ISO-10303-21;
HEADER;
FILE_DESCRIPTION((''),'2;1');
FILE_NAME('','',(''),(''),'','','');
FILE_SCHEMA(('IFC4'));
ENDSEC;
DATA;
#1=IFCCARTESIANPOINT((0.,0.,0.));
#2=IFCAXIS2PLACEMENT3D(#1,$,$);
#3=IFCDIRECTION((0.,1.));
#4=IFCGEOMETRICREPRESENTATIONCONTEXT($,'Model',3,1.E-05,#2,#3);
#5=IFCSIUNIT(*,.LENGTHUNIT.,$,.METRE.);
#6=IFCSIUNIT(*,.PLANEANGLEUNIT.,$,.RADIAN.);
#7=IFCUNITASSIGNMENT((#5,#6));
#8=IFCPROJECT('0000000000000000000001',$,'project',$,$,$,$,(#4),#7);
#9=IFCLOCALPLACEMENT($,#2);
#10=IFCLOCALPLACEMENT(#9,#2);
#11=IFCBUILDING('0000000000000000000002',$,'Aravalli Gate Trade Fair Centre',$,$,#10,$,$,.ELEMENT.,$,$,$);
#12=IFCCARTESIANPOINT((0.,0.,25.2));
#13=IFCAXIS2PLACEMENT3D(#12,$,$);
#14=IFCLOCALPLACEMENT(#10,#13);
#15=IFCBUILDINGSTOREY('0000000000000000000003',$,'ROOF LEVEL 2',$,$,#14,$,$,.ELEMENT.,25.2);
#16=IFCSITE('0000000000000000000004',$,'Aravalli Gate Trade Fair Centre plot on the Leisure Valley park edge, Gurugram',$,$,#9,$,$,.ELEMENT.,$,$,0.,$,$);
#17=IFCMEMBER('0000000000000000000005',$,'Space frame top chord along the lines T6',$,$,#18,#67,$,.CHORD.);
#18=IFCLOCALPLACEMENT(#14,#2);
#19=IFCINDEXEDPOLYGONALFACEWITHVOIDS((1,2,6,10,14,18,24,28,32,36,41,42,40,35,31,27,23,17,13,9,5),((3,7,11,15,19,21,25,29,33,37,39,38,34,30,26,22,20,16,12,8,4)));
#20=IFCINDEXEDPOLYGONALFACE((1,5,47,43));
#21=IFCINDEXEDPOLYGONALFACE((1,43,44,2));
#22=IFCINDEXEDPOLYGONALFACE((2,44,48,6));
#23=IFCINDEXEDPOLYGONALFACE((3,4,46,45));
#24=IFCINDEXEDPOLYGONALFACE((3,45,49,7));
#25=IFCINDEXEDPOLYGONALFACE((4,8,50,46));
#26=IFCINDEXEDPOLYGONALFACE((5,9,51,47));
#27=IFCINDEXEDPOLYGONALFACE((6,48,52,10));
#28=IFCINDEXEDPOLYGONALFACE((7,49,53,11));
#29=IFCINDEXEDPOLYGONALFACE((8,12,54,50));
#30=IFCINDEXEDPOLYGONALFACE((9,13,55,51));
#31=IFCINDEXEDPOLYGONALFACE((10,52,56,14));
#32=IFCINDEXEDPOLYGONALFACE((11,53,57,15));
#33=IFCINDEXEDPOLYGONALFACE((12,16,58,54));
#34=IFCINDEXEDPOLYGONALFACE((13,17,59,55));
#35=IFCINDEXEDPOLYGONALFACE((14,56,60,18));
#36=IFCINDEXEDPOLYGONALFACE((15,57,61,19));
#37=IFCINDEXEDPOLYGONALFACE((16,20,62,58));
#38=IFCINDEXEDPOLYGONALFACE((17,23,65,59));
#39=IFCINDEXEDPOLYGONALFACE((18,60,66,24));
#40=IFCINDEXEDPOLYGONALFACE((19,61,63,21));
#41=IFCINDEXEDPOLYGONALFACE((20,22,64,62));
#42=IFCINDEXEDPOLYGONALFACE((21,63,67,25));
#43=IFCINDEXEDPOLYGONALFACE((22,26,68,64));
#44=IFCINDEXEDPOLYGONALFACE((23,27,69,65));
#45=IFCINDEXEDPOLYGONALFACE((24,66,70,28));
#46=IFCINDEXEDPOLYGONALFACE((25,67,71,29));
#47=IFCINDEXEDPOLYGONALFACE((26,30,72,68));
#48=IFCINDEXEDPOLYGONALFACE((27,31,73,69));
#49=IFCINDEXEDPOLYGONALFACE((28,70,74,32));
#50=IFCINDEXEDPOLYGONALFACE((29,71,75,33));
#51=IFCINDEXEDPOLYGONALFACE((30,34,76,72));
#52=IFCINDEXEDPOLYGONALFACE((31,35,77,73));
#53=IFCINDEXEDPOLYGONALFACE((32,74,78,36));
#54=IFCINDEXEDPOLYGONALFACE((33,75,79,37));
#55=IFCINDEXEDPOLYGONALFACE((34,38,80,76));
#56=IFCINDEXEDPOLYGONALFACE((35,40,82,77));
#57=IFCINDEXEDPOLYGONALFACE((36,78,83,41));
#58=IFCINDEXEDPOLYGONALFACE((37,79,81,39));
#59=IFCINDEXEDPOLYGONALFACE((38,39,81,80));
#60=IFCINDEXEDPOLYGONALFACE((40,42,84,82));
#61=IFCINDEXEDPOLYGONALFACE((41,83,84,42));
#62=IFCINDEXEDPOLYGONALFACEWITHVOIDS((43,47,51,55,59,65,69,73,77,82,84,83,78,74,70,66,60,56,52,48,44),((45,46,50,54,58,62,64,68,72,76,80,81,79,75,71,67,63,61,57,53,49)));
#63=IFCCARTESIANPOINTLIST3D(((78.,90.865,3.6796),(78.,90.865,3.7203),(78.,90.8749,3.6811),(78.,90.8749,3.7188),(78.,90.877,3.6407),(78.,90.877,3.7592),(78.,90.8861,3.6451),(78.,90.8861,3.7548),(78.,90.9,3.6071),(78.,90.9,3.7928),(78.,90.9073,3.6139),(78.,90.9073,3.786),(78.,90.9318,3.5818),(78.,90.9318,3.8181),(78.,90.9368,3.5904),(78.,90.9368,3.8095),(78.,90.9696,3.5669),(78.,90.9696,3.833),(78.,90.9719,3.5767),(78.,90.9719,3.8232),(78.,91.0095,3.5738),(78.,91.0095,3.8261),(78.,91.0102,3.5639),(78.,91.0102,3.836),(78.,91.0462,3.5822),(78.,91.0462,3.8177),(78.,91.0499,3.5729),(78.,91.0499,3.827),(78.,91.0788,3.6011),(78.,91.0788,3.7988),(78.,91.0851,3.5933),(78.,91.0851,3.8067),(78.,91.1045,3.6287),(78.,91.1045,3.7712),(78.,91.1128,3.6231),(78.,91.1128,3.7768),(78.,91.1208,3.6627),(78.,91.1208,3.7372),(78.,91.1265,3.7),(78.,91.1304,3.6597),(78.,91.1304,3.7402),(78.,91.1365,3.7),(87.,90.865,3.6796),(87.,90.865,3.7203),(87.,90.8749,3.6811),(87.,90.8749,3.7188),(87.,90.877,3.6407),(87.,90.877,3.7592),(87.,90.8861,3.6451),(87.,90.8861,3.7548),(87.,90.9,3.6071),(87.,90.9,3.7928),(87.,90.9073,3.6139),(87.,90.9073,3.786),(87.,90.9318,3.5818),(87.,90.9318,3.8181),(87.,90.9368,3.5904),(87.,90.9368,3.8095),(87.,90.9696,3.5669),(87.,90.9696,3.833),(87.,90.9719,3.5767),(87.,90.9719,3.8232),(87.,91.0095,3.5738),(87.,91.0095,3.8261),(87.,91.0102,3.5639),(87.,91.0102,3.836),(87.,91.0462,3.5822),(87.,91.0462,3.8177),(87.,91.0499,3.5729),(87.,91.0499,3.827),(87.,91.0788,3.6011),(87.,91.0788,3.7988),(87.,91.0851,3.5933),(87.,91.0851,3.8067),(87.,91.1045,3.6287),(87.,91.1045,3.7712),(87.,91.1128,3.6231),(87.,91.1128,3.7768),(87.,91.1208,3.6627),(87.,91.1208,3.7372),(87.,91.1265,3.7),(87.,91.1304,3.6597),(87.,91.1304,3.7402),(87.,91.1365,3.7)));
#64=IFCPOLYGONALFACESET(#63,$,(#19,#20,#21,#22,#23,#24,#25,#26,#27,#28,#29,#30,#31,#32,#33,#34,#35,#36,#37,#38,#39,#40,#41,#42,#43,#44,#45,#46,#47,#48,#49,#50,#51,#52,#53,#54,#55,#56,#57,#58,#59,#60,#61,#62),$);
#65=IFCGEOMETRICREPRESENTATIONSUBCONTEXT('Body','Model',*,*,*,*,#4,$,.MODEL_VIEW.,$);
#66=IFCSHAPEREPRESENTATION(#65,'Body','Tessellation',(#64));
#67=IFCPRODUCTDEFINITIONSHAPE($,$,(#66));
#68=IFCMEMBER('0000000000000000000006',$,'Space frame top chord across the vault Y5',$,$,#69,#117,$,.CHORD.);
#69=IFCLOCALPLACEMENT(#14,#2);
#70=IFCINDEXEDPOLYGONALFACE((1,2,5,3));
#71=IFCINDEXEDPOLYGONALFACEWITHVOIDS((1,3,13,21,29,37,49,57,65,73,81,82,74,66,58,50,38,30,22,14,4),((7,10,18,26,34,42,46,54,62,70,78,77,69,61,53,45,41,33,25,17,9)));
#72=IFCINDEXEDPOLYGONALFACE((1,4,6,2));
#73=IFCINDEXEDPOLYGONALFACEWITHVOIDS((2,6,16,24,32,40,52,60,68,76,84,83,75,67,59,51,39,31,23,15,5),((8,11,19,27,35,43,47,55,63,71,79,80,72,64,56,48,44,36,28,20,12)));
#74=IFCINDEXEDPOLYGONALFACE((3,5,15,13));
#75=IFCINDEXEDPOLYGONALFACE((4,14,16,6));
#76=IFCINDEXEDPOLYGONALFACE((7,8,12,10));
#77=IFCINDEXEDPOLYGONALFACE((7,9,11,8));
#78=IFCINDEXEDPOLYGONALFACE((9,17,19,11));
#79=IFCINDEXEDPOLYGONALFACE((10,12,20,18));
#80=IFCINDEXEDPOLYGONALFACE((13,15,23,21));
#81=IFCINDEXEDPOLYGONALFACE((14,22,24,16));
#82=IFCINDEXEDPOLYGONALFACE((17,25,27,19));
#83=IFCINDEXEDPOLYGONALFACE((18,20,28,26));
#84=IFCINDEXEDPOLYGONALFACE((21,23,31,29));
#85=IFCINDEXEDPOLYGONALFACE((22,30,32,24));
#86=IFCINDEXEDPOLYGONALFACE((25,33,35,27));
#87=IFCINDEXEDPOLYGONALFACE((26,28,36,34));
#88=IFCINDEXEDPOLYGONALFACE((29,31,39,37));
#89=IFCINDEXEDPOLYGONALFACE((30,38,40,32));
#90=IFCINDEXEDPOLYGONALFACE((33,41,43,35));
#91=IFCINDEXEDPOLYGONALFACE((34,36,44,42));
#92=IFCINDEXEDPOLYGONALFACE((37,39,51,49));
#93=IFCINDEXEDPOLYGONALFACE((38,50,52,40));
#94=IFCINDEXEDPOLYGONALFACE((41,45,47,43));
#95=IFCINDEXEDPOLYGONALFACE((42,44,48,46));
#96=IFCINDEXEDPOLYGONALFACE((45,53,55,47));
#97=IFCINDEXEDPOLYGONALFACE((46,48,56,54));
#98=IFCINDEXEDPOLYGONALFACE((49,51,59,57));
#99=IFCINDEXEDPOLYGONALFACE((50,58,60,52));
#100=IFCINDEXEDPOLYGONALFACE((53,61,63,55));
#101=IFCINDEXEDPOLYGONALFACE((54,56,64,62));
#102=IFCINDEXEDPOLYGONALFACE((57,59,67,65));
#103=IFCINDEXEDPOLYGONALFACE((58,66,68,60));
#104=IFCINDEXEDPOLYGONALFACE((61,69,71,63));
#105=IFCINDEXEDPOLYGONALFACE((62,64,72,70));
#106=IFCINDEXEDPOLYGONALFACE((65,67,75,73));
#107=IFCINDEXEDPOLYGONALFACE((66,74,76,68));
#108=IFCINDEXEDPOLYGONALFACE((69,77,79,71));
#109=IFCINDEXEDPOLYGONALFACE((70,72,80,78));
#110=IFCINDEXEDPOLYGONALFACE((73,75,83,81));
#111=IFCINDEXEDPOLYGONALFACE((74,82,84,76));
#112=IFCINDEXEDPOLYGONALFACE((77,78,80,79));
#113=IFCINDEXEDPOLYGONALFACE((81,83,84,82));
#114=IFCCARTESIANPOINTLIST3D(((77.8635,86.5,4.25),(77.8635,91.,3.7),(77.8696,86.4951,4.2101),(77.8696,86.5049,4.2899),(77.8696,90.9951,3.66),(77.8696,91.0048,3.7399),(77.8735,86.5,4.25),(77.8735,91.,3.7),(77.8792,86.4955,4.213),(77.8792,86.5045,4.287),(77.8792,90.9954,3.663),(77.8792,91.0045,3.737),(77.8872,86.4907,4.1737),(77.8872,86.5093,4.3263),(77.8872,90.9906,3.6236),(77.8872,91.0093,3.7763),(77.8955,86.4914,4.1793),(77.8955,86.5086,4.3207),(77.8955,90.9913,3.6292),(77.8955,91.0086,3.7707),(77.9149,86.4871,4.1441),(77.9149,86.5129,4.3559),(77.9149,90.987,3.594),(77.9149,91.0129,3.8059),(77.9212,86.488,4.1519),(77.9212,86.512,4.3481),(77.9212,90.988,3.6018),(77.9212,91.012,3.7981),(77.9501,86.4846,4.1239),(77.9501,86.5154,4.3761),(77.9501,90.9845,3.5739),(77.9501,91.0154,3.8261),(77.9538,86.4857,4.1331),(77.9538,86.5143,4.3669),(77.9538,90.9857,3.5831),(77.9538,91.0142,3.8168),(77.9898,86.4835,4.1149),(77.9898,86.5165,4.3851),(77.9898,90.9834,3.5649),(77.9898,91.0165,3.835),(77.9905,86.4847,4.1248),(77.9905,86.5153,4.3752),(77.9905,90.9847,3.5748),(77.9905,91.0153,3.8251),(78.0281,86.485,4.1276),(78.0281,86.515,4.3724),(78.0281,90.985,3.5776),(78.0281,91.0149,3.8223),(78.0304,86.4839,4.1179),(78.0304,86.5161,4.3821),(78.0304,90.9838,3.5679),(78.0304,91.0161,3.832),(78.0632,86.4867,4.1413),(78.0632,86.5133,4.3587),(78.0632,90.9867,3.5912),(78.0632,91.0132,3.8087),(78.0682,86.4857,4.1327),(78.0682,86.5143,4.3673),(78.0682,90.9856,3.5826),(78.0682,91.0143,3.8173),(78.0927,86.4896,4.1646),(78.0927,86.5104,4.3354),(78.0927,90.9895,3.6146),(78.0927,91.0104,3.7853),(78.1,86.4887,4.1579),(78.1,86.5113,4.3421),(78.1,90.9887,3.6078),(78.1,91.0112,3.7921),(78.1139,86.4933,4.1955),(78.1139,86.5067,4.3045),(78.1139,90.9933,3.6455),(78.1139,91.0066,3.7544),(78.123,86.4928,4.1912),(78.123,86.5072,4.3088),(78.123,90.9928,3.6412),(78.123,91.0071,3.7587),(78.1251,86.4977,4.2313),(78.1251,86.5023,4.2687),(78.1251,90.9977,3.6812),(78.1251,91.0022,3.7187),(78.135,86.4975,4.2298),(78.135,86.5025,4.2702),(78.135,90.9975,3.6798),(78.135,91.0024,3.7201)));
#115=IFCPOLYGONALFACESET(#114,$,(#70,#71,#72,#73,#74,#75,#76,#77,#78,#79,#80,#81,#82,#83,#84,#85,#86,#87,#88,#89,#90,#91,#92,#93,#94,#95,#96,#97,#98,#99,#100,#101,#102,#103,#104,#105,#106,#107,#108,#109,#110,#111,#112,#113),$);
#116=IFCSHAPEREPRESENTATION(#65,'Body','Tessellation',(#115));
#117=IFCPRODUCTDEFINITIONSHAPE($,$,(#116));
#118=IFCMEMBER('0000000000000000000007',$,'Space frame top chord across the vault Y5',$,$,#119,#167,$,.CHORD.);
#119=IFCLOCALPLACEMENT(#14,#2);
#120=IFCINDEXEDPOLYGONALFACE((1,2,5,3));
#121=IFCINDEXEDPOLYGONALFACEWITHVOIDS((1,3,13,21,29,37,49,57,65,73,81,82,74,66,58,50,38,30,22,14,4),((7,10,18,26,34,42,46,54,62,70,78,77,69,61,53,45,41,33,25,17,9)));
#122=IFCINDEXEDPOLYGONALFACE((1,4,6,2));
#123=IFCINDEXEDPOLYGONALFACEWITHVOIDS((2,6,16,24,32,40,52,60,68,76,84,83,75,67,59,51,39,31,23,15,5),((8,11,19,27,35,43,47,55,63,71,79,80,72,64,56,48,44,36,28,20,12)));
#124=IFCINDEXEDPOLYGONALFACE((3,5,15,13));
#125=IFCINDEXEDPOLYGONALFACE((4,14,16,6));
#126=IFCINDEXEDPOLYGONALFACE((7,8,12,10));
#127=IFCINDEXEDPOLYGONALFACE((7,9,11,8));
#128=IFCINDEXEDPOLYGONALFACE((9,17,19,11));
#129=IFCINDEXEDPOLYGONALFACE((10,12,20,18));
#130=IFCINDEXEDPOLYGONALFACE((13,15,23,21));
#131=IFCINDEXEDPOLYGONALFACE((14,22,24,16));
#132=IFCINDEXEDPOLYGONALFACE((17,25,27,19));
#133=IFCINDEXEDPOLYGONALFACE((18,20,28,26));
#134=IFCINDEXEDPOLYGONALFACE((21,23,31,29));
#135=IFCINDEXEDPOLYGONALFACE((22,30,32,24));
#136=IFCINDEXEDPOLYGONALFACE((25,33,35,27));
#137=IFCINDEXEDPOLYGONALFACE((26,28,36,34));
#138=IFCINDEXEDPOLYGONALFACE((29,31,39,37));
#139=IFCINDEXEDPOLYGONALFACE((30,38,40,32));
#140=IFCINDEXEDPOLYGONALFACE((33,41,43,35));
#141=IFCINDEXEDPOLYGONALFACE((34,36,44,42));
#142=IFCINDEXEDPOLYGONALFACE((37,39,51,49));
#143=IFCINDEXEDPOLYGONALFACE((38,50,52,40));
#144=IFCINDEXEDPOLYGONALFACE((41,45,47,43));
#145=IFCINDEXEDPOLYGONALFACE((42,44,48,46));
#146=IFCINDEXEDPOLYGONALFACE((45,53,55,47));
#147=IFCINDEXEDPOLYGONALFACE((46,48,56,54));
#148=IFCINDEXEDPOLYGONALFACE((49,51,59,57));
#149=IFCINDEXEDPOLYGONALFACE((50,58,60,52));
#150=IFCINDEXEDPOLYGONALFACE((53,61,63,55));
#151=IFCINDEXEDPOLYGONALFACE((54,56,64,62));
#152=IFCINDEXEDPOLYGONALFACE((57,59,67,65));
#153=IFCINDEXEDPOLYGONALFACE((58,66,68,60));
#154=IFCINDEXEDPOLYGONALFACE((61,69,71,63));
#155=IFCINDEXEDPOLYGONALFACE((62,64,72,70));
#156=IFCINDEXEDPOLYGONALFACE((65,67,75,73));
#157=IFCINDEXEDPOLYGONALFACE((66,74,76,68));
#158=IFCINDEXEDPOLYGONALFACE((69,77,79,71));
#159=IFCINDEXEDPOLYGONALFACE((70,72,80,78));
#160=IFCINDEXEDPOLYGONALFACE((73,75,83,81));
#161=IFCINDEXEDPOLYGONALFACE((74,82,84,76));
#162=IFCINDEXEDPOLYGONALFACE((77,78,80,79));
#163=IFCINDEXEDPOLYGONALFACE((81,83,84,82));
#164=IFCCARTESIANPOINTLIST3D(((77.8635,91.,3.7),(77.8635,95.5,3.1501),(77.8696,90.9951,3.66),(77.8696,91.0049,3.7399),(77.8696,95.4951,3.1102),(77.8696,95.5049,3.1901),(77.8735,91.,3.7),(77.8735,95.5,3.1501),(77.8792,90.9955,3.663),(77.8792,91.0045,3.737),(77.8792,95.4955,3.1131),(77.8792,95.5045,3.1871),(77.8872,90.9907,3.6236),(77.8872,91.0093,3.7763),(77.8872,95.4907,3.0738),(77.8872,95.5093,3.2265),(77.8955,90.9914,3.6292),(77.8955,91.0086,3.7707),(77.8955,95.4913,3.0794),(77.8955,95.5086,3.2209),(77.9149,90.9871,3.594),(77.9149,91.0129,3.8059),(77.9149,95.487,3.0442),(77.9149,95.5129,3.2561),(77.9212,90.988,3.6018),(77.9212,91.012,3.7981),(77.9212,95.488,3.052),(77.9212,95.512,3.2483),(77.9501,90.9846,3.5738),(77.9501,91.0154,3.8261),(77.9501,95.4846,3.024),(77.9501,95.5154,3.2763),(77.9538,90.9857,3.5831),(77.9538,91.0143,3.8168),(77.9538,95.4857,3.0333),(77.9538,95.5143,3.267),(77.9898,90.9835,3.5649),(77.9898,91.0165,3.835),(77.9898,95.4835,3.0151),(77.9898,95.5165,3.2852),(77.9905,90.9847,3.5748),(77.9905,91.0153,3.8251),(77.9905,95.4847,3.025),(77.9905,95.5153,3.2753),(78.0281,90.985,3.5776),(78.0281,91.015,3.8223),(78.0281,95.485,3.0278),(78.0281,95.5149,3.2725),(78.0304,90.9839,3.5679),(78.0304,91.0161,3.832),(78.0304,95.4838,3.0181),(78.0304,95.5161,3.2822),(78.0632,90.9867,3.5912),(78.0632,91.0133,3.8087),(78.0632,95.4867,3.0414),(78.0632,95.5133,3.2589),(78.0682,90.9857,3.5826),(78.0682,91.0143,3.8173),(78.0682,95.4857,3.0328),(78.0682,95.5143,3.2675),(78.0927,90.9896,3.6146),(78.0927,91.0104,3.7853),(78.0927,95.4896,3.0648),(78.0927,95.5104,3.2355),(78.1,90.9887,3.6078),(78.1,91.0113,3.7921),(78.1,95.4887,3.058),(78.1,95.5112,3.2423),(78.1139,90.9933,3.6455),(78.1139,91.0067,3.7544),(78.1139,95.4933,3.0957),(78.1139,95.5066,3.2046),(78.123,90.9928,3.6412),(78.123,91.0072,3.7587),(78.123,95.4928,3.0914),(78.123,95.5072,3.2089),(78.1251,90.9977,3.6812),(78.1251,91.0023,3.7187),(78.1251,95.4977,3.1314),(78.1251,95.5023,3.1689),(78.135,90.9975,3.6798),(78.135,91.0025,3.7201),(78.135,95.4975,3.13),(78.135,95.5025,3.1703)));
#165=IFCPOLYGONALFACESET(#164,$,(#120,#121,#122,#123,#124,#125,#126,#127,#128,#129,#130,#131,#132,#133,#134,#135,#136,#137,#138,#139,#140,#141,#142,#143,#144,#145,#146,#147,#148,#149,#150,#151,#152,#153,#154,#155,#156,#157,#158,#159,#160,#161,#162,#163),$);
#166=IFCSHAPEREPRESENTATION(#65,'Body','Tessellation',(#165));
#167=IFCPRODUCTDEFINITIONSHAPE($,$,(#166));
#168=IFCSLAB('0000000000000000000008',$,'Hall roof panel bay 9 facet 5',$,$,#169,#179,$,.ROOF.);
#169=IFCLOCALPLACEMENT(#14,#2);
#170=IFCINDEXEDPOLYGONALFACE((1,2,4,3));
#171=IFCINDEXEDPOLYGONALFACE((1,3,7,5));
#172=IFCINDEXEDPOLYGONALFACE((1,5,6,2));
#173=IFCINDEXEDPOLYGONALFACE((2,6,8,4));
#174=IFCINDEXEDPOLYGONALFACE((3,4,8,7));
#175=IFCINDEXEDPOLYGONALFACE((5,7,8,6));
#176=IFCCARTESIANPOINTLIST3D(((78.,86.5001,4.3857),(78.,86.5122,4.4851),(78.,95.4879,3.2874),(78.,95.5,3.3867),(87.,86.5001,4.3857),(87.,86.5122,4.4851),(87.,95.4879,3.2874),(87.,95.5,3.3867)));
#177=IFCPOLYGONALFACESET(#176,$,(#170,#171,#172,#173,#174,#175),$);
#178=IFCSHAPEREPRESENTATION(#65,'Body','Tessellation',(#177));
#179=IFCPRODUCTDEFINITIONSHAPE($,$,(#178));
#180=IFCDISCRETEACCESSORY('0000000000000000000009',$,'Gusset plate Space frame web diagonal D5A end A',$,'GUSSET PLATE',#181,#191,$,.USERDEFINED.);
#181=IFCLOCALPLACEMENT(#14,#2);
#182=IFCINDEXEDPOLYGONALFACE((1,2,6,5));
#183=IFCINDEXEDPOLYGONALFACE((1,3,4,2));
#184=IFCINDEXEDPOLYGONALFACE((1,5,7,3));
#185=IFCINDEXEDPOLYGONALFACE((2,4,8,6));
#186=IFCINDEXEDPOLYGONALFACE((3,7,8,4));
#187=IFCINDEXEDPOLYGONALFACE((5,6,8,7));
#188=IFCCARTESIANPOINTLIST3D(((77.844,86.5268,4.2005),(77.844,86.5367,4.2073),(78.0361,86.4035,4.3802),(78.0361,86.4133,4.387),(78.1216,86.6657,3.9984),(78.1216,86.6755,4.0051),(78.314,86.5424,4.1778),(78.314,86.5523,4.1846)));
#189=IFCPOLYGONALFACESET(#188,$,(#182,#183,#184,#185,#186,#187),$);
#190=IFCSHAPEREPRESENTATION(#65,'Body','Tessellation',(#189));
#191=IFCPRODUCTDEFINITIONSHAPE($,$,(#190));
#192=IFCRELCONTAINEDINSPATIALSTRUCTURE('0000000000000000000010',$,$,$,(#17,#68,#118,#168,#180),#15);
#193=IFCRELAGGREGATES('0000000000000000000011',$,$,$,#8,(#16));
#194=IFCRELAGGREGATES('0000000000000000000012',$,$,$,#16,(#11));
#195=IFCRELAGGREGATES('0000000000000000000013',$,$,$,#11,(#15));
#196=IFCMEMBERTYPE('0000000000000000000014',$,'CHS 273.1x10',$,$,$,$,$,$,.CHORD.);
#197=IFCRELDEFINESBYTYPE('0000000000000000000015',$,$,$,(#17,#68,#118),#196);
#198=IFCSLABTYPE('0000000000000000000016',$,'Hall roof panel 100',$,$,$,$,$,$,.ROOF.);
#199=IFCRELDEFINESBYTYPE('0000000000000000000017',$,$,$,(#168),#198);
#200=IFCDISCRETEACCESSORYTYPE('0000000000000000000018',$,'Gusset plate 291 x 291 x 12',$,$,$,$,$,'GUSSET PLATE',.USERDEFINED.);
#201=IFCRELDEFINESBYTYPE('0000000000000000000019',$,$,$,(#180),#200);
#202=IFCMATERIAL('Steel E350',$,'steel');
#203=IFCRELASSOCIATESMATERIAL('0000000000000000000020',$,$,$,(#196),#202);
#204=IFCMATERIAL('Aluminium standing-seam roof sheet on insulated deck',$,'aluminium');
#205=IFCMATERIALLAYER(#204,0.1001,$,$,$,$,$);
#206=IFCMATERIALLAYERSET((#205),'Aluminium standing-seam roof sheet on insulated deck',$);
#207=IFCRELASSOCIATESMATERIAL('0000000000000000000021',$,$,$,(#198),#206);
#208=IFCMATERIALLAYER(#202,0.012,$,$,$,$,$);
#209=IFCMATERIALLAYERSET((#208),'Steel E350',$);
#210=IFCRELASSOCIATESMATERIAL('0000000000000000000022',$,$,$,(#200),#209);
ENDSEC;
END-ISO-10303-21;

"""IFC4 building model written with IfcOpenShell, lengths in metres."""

from ifc_helpers import new_model, si_unit, direction, frame, origin, origin_2d, place, context, subcontext, project, spatial, polyline, hollow_circle, outline, extrude, material, layer, layer_set, material_profile, profile_set, type_object, element, save


model = new_model("IFC4")

# Units and contexts
model_context = context("Model", 3, precision=1e-05, world=origin(), true_north=direction((0.0, 1.0)))
body_context = subcontext(model_context, "Body", "Model", "MODEL_VIEW")
ifc_project = project(units=[si_unit("LENGTHUNIT", "METRE"), si_unit("PLANEANGLEUNIT", "RADIAN")], contexts=[model_context])

# Site, building, storey
site_placement = place(None, origin())
site = spatial("IfcSite", under=ifc_project, at=site_placement, Name="Aravalli Gate Trade Fair Centre plot on the Leisure Valley park edge, Gurugram", CompositionType="ELEMENT", RefElevation=0.0)
building_placement = place(site_placement, origin())
building = spatial("IfcBuilding", under=site, at=building_placement, Name="Aravalli Gate Trade Fair Centre", CompositionType="ELEMENT")
storey_placement = place(building_placement, frame((0.0, 0.0, 25.2)))
storey = spatial("IfcBuildingStorey", under=building, at=storey_placement, Name="ROOF LEVEL 2", CompositionType="ELEMENT", Elevation=25.2)

# Members
ifc_material_1 = material(Name="Steel E350", Category="steel")
ifc_material_profile_1 = material_profile(ifc_material_1, hollow_circle(Radius=0.1365, WallThickness=0.01, at=origin_2d()), Name="CHS 273.1x10")
ifc_profile_set_1 = profile_set([ifc_material_profile_1], Name="Steel E350")
member_type_1 = type_object("IfcMemberType", Name="CHS 273.1x10", PredefinedType="CHORD", material=ifc_profile_set_1)
for number, where, z_axis, x_axis, name in (
    (1, (78.0, 91.0, 3.7), (1.0, 0.0, 0.0), (0.0, 1.0, 0.0), "Space frame top chord along the lines T6"),
):
    element("IfcMember", number, at=place(storey_placement, frame(where, z_axis=z_axis, x_axis=x_axis)), inside=storey, type_object=member_type_1, Name=name, PredefinedType="CHORD", context=body_context, shape_type="SweptSolid", body=[
        extrude(hollow_circle(Radius=0.1365, WallThickness=0.01, at=origin_2d()), origin(), (0.0, 0.0, 1.0), 9.0),
    ])
for number, where, z_axis, x_axis, name in (
    (2, (78.0, 86.5, 4.25), (0.0, 0.992612, -0.12133), (-1.0, 0.0, 0.0), "Space frame top chord across the vault Y5"),
    (3, (78.0, 91.0, 3.7), (0.0, 0.992619, -0.121277), (-1.0, 0.0, 0.0), "Space frame top chord across the vault Y5"),
):
    element("IfcMember", number, at=place(storey_placement, frame(where, z_axis=z_axis, x_axis=x_axis)), inside=storey, type_object=member_type_1, Name=name, PredefinedType="CHORD", context=body_context, shape_type="SweptSolid", body=[
        extrude(hollow_circle(Radius=0.1365, WallThickness=0.01, at=origin_2d()), origin(), (0.0, 0.0, 1.0), 4.5334),
    ])

# Slab
ifc_material_2 = material(Name="Aluminium standing-seam roof sheet on insulated deck", Category="aluminium")
ifc_layer_1 = layer(ifc_material_2, 0.1001)
ifc_layer_set_1 = layer_set([ifc_layer_1], Name="Aluminium standing-seam roof sheet on insulated deck")
slab_type = type_object("IfcSlabType", Name="Hall roof panel 100", PredefinedType="ROOF", material=ifc_layer_set_1)
slab_placement = place(storey_placement, frame((78.0, 86.5122, 4.4851), z_axis=(0.0, 0.121306, 0.992615), x_axis=(1.0, 0.0, 0.0)))
element("IfcSlab", 4, at=slab_placement, inside=storey, type_object=slab_type, Name="Hall roof panel bay 9 facet 5", PredefinedType="ROOF", context=body_context, shape_type="SweptSolid", body=[
    extrude(outline(polyline([(0.0, 0.0), (9.0, 0.0), (9.0, 9.0547), (0.0, 9.0547), (0.0, 0.0)])), origin(), (0.0, 0.0, -1.0), 0.1001),
])

# Discrete accessory
ifc_layer_2 = layer(ifc_material_1, 0.012)
ifc_layer_set_2 = layer_set([ifc_layer_2], Name="Steel E350")
discrete_accessory_type = type_object("IfcDiscreteAccessoryType", Name="Gusset plate 291 x 291 x 12", ElementType="GUSSET PLATE", PredefinedType="USERDEFINED", material=ifc_layer_set_2)
discrete_accessory_1_placement = place(storey_placement, frame((78.1216, 86.6755, 4.0051), z_axis=(-0.000059, 0.824356, 0.566072), x_axis=(-0.749371, -0.374861, 0.545822)))
element("IfcDiscreteAccessory", 5, at=discrete_accessory_1_placement, inside=storey, type_object=discrete_accessory_type, Name="Gusset plate Space frame web diagonal D5A end A", ObjectType="GUSSET PLATE", PredefinedType="USERDEFINED", context=body_context, shape_type="SweptSolid", body=[
    extrude(outline(polyline([(0.0, 0.0), (0.3704, 0.0), (0.3707, 0.2905), (0.0, 0.2905), (0.0, 0.0)])), origin(), (0.0, 0.0, -1.0), 0.012),
])

save(model, "model.ifc")
